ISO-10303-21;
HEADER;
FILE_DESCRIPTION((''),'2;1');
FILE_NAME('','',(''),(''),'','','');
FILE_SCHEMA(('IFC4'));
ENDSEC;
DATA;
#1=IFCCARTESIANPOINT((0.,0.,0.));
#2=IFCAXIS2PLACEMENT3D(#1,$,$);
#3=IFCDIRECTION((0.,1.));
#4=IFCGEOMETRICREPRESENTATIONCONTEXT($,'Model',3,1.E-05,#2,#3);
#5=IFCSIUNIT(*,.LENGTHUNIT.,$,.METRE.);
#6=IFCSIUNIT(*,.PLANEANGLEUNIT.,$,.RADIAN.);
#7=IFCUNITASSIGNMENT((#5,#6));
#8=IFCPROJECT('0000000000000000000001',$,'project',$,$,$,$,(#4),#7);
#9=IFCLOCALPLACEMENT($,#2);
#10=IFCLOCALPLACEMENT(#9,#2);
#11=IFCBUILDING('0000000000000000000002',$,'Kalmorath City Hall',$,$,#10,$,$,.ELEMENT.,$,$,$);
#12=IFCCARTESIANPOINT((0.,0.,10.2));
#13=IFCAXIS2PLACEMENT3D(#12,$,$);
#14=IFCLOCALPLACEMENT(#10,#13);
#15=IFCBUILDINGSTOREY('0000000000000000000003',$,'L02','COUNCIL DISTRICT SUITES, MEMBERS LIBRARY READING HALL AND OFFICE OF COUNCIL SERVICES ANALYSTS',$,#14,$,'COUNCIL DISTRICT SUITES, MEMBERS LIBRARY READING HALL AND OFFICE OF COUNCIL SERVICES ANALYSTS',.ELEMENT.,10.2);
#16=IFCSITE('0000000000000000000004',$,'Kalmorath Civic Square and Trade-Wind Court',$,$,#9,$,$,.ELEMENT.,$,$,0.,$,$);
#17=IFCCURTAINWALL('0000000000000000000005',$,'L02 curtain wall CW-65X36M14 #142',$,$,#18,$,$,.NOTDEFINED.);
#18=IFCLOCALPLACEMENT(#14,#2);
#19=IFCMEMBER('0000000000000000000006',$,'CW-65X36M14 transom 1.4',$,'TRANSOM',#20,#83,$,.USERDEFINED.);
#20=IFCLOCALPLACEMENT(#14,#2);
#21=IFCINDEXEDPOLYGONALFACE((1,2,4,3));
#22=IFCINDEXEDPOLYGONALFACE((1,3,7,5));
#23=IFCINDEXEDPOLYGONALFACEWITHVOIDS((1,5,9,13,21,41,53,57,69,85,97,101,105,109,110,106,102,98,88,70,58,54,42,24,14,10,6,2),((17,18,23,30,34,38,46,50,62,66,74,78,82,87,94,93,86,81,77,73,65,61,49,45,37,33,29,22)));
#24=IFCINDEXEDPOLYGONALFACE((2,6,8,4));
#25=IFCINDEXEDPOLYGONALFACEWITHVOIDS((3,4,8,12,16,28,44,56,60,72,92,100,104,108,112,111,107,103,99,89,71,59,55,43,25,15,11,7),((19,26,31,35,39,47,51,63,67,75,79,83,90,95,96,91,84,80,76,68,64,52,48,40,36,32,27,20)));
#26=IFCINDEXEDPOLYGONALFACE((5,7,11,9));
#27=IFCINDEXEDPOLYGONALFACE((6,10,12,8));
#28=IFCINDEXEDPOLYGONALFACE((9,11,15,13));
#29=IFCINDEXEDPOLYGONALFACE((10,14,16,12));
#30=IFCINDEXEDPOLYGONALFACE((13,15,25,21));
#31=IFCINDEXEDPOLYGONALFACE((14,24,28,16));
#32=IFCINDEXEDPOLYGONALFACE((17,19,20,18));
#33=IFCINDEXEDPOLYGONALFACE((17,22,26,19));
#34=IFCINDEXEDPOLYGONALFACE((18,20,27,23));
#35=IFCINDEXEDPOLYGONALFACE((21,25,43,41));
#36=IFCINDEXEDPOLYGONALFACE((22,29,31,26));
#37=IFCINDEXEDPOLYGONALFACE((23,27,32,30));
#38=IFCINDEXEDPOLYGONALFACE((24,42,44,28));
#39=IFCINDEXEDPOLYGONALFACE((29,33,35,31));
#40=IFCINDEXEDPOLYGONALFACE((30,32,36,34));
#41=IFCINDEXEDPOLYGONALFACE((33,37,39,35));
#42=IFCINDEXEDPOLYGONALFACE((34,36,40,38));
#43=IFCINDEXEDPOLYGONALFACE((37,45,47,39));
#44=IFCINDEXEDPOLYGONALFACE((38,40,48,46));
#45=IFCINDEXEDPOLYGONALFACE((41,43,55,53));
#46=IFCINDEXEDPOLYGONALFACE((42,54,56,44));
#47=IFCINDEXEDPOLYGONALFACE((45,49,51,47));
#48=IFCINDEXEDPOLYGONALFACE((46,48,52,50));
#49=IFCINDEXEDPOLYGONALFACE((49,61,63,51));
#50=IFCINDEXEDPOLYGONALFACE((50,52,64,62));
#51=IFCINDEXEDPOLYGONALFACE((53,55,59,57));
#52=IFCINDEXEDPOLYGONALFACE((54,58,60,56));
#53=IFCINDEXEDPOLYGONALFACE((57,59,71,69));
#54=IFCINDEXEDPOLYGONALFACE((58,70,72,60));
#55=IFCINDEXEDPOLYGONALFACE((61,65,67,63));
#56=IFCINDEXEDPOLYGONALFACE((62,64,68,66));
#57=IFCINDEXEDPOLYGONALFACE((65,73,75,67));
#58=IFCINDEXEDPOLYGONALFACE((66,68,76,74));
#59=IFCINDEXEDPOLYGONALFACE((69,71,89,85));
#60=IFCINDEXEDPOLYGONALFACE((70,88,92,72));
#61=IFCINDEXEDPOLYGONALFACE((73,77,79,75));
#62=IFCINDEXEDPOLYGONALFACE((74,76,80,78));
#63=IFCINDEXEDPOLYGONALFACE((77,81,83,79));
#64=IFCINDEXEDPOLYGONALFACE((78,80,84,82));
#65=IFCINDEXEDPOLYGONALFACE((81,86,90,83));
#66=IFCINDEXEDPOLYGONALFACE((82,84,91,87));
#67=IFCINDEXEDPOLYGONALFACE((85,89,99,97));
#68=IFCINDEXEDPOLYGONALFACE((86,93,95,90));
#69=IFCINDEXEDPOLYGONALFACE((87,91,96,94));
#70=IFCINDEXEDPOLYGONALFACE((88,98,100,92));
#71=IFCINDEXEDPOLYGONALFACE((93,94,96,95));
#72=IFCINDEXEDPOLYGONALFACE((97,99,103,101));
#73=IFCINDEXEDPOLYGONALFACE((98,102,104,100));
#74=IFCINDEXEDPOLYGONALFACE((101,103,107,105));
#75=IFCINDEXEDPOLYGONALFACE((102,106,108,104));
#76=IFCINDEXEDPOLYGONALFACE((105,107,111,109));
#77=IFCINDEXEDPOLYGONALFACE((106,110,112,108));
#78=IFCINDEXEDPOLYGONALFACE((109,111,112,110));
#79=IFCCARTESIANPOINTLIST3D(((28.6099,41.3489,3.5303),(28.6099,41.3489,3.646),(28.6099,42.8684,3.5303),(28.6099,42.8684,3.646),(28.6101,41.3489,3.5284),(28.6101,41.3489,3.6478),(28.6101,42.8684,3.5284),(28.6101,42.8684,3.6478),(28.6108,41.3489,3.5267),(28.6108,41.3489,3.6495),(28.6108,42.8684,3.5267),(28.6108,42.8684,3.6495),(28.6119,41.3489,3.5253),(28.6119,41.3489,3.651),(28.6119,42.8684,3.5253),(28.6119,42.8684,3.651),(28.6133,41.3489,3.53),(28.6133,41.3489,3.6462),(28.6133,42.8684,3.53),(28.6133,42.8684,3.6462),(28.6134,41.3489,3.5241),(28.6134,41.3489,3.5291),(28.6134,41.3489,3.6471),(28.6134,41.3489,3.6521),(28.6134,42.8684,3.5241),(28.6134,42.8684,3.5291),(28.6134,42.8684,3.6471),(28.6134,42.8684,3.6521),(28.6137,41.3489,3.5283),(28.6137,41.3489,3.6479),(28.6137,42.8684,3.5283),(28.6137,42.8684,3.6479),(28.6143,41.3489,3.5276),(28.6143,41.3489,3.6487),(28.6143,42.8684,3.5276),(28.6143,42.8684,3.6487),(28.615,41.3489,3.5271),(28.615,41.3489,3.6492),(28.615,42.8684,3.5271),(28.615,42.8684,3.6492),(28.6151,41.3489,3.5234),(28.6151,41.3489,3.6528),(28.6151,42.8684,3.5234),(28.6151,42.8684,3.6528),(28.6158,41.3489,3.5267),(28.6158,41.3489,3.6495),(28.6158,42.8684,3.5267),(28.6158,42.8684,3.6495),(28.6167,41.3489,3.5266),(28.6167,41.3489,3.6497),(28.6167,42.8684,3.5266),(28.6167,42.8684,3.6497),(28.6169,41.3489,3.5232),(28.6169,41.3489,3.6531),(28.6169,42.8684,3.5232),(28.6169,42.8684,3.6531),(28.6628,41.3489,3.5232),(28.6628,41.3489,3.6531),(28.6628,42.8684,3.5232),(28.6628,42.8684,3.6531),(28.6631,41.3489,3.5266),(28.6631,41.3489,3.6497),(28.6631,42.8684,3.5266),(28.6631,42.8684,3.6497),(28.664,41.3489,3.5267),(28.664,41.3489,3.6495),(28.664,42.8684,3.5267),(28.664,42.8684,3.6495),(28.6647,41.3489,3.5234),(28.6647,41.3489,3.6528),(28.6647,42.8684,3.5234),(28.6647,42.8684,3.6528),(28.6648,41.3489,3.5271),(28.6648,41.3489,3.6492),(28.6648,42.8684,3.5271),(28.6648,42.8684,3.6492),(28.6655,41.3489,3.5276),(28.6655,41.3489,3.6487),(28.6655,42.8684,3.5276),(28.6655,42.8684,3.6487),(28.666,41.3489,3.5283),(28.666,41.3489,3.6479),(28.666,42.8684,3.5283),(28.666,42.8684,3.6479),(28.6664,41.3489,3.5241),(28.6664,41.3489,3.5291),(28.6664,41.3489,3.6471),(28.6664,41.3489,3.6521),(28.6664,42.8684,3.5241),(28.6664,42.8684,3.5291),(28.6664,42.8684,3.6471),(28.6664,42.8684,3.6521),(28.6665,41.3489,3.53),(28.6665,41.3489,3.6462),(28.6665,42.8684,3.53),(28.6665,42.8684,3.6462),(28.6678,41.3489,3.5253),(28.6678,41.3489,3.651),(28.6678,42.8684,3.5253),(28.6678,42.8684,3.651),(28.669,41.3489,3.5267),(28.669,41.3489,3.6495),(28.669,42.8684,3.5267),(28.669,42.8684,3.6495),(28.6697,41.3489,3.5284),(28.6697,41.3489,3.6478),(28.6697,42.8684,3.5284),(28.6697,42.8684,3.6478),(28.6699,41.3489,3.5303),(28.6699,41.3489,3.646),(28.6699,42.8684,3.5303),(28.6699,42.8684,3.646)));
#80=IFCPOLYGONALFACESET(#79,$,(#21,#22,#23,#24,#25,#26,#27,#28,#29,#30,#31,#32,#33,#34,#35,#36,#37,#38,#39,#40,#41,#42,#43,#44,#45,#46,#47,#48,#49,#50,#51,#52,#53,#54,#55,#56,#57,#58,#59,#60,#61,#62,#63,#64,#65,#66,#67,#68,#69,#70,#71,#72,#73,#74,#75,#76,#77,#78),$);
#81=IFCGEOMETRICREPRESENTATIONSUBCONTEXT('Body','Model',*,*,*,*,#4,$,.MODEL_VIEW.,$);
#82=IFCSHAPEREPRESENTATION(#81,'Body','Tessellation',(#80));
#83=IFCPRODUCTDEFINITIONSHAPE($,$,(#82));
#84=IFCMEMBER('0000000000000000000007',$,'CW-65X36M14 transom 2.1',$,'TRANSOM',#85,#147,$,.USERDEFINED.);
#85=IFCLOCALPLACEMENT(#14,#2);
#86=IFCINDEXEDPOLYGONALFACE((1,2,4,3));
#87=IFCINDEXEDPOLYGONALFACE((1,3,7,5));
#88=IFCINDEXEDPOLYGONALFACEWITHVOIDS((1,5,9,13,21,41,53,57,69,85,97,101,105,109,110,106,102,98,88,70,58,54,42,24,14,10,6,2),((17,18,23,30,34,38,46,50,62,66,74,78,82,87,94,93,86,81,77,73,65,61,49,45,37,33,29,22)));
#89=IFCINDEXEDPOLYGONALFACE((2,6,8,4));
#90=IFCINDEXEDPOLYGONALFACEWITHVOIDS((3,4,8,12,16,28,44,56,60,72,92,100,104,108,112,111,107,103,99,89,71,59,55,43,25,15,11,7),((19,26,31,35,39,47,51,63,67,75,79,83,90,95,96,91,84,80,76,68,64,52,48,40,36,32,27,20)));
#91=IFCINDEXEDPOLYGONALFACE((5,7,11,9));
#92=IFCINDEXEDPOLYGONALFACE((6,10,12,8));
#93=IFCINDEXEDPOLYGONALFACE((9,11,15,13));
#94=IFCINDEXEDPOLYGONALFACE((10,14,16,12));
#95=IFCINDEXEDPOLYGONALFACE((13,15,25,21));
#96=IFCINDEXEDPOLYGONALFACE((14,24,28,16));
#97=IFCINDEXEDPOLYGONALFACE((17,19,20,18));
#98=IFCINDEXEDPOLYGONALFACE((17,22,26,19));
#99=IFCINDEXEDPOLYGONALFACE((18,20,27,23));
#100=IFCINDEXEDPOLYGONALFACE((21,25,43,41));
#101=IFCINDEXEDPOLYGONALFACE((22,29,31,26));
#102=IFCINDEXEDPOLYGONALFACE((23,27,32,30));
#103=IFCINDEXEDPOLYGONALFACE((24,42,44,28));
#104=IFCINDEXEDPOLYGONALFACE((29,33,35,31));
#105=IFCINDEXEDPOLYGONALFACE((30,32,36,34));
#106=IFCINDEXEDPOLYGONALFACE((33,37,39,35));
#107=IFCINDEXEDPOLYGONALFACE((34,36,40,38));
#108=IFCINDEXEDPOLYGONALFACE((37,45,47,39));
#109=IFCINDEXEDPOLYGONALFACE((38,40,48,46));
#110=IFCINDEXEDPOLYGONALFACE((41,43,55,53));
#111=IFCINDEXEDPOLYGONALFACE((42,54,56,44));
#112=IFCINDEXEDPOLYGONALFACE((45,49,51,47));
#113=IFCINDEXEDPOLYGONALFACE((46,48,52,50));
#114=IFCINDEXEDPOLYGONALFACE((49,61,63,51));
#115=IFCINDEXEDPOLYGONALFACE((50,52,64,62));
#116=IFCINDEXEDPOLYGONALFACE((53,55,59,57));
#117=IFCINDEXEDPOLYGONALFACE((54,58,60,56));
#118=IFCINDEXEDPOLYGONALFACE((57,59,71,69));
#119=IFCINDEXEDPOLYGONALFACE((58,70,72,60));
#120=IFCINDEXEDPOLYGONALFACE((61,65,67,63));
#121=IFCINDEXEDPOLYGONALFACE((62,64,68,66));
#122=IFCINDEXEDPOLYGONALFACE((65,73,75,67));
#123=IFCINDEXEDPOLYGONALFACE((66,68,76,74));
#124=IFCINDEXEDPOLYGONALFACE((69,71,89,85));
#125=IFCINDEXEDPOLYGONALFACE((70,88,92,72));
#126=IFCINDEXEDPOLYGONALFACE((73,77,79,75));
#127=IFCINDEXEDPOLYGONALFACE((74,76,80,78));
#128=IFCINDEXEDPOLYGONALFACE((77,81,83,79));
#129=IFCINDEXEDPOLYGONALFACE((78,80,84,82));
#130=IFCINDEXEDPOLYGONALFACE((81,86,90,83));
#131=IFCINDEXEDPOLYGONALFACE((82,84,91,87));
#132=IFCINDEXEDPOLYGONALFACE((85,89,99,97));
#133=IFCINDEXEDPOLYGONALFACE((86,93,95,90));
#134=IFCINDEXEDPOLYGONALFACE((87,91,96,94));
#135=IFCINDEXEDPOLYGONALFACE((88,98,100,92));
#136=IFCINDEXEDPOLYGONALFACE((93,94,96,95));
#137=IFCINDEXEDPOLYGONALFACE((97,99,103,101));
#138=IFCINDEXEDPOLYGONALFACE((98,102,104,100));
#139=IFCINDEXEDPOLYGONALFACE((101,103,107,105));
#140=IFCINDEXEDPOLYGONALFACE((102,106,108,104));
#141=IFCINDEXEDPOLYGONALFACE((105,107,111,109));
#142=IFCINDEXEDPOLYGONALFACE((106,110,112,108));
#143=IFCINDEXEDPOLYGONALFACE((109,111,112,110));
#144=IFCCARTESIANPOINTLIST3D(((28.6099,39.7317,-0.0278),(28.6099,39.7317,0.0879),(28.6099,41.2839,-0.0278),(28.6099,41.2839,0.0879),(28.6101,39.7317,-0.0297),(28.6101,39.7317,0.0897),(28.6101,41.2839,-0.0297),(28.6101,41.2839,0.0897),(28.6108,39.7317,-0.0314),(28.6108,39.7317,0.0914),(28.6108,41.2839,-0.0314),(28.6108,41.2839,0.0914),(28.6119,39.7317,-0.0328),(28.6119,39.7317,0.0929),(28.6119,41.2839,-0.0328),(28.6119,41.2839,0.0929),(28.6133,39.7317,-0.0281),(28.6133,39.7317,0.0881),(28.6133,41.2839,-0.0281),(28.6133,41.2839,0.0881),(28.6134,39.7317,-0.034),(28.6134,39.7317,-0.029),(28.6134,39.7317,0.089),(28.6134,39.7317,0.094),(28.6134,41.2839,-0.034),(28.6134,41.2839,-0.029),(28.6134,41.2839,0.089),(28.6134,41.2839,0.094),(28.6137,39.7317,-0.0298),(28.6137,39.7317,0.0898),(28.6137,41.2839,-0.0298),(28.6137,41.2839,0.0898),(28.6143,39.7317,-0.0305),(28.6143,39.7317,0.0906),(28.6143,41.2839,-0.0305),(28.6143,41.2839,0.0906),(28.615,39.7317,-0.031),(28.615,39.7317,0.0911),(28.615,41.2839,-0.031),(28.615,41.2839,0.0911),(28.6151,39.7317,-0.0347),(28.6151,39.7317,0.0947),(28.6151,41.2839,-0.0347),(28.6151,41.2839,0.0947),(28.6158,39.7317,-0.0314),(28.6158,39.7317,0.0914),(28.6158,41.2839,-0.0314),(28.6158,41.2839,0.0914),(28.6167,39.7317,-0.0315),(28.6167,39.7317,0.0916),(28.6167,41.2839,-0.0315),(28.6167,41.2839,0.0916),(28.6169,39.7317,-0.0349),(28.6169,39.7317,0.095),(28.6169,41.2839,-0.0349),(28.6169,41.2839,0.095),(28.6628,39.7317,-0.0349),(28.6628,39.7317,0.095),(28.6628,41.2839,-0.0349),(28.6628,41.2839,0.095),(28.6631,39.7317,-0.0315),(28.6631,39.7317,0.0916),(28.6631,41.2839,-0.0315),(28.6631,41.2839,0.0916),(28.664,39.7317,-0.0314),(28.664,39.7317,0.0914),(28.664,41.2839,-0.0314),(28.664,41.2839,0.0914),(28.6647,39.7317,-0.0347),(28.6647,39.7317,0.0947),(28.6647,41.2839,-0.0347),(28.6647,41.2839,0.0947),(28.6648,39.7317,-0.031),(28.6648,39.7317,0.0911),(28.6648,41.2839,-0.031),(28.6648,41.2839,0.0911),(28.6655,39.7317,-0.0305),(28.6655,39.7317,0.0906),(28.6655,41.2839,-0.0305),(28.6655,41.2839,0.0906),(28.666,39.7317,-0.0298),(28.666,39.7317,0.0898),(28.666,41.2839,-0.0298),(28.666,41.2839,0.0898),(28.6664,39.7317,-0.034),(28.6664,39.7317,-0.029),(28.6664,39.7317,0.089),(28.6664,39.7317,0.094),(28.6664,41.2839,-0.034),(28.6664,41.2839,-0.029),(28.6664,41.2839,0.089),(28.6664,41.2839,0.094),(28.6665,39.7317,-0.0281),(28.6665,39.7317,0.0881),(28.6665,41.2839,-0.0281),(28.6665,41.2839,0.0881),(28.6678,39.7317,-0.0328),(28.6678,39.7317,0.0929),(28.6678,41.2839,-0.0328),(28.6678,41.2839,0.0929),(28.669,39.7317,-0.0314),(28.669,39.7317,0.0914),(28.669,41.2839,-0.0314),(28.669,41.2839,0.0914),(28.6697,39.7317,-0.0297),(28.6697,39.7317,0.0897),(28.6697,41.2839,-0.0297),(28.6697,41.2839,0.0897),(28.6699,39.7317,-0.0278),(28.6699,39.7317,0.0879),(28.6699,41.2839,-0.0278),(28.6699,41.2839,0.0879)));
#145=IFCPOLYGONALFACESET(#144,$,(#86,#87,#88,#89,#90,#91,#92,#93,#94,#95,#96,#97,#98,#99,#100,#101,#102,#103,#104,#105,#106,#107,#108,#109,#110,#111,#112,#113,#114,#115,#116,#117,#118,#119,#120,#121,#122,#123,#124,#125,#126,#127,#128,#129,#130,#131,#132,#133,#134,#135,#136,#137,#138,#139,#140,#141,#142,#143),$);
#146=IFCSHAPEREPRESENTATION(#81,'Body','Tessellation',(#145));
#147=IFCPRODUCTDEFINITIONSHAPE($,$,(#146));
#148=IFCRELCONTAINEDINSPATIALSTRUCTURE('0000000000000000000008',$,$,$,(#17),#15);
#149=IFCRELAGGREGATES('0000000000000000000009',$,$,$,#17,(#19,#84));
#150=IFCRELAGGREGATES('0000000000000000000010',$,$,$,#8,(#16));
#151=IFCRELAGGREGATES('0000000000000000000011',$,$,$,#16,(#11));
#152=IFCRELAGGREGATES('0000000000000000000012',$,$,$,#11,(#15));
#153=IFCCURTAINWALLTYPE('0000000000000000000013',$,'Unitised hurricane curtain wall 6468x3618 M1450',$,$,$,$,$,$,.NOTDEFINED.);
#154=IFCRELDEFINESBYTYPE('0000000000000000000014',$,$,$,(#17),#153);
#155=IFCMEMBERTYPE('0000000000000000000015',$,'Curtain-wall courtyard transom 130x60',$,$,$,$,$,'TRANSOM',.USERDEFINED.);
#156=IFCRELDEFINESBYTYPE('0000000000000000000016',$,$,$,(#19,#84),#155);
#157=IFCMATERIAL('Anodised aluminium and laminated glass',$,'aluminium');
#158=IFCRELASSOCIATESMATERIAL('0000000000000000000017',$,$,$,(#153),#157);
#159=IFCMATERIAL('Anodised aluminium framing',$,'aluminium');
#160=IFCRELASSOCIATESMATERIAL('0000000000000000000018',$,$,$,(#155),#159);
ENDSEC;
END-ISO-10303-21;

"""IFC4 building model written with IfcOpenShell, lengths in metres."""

from ifc_helpers import new_model, si_unit, direction, frame, origin, origin_2d, place, context, subcontext, project, spatial, hollow_rectangle, extrude, material, material_profile, profile_set, type_object, element, aggregate, save


model = new_model("IFC4")

# Units and contexts
model_context = context("Model", 3, precision=1e-05, world=origin(), true_north=direction((0.0, 1.0)))
body_context = subcontext(model_context, "Body", "Model", "MODEL_VIEW")
ifc_project = project(units=[si_unit("LENGTHUNIT", "METRE"), si_unit("PLANEANGLEUNIT", "RADIAN")], contexts=[model_context])

# Site, building, storey
site_placement = place(None, origin())
site = spatial("IfcSite", under=ifc_project, at=site_placement, Name="Kalmorath Civic Square and Trade-Wind Court", CompositionType="ELEMENT", RefElevation=0.0)
building_placement = place(site_placement, origin())
building = spatial("IfcBuilding", under=site, at=building_placement, Name="Kalmorath City Hall", CompositionType="ELEMENT")
storey_placement = place(building_placement, frame((0.0, 0.0, 10.2)))
storey = spatial("IfcBuildingStorey", under=building, at=storey_placement, Name="L02", Description="COUNCIL DISTRICT SUITES, MEMBERS LIBRARY READING HALL AND OFFICE OF COUNCIL SERVICES ANALYSTS", LongName="COUNCIL DISTRICT SUITES, MEMBERS LIBRARY READING HALL AND OFFICE OF COUNCIL SERVICES ANALYSTS", CompositionType="ELEMENT", Elevation=10.2)

# Curtain wall, members
ifc_material_1 = material(Name="Anodised aluminium and laminated glass", Category="aluminium")
curtain_wall_type = type_object("IfcCurtainWallType", Name="Unitised hurricane curtain wall 6468x3618 M1450", PredefinedType="NOTDEFINED", material=ifc_material_1)
curtain_wall_placement = place(storey_placement, origin())
curtain_wall = element("IfcCurtainWall", 1, at=curtain_wall_placement, inside=storey, type_object=curtain_wall_type, Name="L02 curtain wall CW-65X36M14 #142", PredefinedType="NOTDEFINED")
ifc_material_2 = material(Name="Anodised aluminium framing", Category="aluminium")
ifc_material_profile_1 = material_profile(ifc_material_2, hollow_rectangle(XDim=0.0601, YDim=0.1299, WallThickness=0.0034, InnerFilletRadius=0.0034, OuterFilletRadius=0.0071, at=origin_2d()), Name="ALU-TRN-130X60X3.5")
ifc_profile_set_1 = profile_set([ifc_material_profile_1], Name="Anodised aluminium framing")
member_type_1 = type_object("IfcMemberType", Name="Curtain-wall courtyard transom 130x60", ElementType="TRANSOM", PredefinedType="USERDEFINED", material=ifc_profile_set_1)
member_1_placement = place(storey_placement, frame((28.6399, 42.8684, 3.5881), z_axis=(0.0, -1.0, 0.0), x_axis=(1.0, 0.0, 0.0)))
member_1 = element("IfcMember", 2, at=member_1_placement, type_object=member_type_1, Name="CW-65X36M14 transom 1.4", ObjectType="TRANSOM", PredefinedType="USERDEFINED", context=body_context, shape_type="SweptSolid", body=[
    extrude(hollow_rectangle(XDim=0.0601, YDim=0.1299, WallThickness=0.0034, InnerFilletRadius=0.0034, OuterFilletRadius=0.0071, at=origin_2d()), origin(), (0.0, 0.0, 1.0), 1.5195),
])
member_2_placement = place(storey_placement, frame((28.6399, 41.2839, 0.03), z_axis=(0.0, -1.0, 0.0), x_axis=(1.0, 0.0, 0.0)))
member_2 = element("IfcMember", 3, at=member_2_placement, type_object=member_type_1, Name="CW-65X36M14 transom 2.1", ObjectType="TRANSOM", PredefinedType="USERDEFINED", context=body_context, shape_type="SweptSolid", body=[
    extrude(hollow_rectangle(XDim=0.0601, YDim=0.1299, WallThickness=0.0034, InnerFilletRadius=0.0034, OuterFilletRadius=0.0071, at=origin_2d()), origin(), (0.0, 0.0, 1.0), 1.5522),
])

aggregate(curtain_wall, [member_1, member_2])

save(model, "model.ifc")
